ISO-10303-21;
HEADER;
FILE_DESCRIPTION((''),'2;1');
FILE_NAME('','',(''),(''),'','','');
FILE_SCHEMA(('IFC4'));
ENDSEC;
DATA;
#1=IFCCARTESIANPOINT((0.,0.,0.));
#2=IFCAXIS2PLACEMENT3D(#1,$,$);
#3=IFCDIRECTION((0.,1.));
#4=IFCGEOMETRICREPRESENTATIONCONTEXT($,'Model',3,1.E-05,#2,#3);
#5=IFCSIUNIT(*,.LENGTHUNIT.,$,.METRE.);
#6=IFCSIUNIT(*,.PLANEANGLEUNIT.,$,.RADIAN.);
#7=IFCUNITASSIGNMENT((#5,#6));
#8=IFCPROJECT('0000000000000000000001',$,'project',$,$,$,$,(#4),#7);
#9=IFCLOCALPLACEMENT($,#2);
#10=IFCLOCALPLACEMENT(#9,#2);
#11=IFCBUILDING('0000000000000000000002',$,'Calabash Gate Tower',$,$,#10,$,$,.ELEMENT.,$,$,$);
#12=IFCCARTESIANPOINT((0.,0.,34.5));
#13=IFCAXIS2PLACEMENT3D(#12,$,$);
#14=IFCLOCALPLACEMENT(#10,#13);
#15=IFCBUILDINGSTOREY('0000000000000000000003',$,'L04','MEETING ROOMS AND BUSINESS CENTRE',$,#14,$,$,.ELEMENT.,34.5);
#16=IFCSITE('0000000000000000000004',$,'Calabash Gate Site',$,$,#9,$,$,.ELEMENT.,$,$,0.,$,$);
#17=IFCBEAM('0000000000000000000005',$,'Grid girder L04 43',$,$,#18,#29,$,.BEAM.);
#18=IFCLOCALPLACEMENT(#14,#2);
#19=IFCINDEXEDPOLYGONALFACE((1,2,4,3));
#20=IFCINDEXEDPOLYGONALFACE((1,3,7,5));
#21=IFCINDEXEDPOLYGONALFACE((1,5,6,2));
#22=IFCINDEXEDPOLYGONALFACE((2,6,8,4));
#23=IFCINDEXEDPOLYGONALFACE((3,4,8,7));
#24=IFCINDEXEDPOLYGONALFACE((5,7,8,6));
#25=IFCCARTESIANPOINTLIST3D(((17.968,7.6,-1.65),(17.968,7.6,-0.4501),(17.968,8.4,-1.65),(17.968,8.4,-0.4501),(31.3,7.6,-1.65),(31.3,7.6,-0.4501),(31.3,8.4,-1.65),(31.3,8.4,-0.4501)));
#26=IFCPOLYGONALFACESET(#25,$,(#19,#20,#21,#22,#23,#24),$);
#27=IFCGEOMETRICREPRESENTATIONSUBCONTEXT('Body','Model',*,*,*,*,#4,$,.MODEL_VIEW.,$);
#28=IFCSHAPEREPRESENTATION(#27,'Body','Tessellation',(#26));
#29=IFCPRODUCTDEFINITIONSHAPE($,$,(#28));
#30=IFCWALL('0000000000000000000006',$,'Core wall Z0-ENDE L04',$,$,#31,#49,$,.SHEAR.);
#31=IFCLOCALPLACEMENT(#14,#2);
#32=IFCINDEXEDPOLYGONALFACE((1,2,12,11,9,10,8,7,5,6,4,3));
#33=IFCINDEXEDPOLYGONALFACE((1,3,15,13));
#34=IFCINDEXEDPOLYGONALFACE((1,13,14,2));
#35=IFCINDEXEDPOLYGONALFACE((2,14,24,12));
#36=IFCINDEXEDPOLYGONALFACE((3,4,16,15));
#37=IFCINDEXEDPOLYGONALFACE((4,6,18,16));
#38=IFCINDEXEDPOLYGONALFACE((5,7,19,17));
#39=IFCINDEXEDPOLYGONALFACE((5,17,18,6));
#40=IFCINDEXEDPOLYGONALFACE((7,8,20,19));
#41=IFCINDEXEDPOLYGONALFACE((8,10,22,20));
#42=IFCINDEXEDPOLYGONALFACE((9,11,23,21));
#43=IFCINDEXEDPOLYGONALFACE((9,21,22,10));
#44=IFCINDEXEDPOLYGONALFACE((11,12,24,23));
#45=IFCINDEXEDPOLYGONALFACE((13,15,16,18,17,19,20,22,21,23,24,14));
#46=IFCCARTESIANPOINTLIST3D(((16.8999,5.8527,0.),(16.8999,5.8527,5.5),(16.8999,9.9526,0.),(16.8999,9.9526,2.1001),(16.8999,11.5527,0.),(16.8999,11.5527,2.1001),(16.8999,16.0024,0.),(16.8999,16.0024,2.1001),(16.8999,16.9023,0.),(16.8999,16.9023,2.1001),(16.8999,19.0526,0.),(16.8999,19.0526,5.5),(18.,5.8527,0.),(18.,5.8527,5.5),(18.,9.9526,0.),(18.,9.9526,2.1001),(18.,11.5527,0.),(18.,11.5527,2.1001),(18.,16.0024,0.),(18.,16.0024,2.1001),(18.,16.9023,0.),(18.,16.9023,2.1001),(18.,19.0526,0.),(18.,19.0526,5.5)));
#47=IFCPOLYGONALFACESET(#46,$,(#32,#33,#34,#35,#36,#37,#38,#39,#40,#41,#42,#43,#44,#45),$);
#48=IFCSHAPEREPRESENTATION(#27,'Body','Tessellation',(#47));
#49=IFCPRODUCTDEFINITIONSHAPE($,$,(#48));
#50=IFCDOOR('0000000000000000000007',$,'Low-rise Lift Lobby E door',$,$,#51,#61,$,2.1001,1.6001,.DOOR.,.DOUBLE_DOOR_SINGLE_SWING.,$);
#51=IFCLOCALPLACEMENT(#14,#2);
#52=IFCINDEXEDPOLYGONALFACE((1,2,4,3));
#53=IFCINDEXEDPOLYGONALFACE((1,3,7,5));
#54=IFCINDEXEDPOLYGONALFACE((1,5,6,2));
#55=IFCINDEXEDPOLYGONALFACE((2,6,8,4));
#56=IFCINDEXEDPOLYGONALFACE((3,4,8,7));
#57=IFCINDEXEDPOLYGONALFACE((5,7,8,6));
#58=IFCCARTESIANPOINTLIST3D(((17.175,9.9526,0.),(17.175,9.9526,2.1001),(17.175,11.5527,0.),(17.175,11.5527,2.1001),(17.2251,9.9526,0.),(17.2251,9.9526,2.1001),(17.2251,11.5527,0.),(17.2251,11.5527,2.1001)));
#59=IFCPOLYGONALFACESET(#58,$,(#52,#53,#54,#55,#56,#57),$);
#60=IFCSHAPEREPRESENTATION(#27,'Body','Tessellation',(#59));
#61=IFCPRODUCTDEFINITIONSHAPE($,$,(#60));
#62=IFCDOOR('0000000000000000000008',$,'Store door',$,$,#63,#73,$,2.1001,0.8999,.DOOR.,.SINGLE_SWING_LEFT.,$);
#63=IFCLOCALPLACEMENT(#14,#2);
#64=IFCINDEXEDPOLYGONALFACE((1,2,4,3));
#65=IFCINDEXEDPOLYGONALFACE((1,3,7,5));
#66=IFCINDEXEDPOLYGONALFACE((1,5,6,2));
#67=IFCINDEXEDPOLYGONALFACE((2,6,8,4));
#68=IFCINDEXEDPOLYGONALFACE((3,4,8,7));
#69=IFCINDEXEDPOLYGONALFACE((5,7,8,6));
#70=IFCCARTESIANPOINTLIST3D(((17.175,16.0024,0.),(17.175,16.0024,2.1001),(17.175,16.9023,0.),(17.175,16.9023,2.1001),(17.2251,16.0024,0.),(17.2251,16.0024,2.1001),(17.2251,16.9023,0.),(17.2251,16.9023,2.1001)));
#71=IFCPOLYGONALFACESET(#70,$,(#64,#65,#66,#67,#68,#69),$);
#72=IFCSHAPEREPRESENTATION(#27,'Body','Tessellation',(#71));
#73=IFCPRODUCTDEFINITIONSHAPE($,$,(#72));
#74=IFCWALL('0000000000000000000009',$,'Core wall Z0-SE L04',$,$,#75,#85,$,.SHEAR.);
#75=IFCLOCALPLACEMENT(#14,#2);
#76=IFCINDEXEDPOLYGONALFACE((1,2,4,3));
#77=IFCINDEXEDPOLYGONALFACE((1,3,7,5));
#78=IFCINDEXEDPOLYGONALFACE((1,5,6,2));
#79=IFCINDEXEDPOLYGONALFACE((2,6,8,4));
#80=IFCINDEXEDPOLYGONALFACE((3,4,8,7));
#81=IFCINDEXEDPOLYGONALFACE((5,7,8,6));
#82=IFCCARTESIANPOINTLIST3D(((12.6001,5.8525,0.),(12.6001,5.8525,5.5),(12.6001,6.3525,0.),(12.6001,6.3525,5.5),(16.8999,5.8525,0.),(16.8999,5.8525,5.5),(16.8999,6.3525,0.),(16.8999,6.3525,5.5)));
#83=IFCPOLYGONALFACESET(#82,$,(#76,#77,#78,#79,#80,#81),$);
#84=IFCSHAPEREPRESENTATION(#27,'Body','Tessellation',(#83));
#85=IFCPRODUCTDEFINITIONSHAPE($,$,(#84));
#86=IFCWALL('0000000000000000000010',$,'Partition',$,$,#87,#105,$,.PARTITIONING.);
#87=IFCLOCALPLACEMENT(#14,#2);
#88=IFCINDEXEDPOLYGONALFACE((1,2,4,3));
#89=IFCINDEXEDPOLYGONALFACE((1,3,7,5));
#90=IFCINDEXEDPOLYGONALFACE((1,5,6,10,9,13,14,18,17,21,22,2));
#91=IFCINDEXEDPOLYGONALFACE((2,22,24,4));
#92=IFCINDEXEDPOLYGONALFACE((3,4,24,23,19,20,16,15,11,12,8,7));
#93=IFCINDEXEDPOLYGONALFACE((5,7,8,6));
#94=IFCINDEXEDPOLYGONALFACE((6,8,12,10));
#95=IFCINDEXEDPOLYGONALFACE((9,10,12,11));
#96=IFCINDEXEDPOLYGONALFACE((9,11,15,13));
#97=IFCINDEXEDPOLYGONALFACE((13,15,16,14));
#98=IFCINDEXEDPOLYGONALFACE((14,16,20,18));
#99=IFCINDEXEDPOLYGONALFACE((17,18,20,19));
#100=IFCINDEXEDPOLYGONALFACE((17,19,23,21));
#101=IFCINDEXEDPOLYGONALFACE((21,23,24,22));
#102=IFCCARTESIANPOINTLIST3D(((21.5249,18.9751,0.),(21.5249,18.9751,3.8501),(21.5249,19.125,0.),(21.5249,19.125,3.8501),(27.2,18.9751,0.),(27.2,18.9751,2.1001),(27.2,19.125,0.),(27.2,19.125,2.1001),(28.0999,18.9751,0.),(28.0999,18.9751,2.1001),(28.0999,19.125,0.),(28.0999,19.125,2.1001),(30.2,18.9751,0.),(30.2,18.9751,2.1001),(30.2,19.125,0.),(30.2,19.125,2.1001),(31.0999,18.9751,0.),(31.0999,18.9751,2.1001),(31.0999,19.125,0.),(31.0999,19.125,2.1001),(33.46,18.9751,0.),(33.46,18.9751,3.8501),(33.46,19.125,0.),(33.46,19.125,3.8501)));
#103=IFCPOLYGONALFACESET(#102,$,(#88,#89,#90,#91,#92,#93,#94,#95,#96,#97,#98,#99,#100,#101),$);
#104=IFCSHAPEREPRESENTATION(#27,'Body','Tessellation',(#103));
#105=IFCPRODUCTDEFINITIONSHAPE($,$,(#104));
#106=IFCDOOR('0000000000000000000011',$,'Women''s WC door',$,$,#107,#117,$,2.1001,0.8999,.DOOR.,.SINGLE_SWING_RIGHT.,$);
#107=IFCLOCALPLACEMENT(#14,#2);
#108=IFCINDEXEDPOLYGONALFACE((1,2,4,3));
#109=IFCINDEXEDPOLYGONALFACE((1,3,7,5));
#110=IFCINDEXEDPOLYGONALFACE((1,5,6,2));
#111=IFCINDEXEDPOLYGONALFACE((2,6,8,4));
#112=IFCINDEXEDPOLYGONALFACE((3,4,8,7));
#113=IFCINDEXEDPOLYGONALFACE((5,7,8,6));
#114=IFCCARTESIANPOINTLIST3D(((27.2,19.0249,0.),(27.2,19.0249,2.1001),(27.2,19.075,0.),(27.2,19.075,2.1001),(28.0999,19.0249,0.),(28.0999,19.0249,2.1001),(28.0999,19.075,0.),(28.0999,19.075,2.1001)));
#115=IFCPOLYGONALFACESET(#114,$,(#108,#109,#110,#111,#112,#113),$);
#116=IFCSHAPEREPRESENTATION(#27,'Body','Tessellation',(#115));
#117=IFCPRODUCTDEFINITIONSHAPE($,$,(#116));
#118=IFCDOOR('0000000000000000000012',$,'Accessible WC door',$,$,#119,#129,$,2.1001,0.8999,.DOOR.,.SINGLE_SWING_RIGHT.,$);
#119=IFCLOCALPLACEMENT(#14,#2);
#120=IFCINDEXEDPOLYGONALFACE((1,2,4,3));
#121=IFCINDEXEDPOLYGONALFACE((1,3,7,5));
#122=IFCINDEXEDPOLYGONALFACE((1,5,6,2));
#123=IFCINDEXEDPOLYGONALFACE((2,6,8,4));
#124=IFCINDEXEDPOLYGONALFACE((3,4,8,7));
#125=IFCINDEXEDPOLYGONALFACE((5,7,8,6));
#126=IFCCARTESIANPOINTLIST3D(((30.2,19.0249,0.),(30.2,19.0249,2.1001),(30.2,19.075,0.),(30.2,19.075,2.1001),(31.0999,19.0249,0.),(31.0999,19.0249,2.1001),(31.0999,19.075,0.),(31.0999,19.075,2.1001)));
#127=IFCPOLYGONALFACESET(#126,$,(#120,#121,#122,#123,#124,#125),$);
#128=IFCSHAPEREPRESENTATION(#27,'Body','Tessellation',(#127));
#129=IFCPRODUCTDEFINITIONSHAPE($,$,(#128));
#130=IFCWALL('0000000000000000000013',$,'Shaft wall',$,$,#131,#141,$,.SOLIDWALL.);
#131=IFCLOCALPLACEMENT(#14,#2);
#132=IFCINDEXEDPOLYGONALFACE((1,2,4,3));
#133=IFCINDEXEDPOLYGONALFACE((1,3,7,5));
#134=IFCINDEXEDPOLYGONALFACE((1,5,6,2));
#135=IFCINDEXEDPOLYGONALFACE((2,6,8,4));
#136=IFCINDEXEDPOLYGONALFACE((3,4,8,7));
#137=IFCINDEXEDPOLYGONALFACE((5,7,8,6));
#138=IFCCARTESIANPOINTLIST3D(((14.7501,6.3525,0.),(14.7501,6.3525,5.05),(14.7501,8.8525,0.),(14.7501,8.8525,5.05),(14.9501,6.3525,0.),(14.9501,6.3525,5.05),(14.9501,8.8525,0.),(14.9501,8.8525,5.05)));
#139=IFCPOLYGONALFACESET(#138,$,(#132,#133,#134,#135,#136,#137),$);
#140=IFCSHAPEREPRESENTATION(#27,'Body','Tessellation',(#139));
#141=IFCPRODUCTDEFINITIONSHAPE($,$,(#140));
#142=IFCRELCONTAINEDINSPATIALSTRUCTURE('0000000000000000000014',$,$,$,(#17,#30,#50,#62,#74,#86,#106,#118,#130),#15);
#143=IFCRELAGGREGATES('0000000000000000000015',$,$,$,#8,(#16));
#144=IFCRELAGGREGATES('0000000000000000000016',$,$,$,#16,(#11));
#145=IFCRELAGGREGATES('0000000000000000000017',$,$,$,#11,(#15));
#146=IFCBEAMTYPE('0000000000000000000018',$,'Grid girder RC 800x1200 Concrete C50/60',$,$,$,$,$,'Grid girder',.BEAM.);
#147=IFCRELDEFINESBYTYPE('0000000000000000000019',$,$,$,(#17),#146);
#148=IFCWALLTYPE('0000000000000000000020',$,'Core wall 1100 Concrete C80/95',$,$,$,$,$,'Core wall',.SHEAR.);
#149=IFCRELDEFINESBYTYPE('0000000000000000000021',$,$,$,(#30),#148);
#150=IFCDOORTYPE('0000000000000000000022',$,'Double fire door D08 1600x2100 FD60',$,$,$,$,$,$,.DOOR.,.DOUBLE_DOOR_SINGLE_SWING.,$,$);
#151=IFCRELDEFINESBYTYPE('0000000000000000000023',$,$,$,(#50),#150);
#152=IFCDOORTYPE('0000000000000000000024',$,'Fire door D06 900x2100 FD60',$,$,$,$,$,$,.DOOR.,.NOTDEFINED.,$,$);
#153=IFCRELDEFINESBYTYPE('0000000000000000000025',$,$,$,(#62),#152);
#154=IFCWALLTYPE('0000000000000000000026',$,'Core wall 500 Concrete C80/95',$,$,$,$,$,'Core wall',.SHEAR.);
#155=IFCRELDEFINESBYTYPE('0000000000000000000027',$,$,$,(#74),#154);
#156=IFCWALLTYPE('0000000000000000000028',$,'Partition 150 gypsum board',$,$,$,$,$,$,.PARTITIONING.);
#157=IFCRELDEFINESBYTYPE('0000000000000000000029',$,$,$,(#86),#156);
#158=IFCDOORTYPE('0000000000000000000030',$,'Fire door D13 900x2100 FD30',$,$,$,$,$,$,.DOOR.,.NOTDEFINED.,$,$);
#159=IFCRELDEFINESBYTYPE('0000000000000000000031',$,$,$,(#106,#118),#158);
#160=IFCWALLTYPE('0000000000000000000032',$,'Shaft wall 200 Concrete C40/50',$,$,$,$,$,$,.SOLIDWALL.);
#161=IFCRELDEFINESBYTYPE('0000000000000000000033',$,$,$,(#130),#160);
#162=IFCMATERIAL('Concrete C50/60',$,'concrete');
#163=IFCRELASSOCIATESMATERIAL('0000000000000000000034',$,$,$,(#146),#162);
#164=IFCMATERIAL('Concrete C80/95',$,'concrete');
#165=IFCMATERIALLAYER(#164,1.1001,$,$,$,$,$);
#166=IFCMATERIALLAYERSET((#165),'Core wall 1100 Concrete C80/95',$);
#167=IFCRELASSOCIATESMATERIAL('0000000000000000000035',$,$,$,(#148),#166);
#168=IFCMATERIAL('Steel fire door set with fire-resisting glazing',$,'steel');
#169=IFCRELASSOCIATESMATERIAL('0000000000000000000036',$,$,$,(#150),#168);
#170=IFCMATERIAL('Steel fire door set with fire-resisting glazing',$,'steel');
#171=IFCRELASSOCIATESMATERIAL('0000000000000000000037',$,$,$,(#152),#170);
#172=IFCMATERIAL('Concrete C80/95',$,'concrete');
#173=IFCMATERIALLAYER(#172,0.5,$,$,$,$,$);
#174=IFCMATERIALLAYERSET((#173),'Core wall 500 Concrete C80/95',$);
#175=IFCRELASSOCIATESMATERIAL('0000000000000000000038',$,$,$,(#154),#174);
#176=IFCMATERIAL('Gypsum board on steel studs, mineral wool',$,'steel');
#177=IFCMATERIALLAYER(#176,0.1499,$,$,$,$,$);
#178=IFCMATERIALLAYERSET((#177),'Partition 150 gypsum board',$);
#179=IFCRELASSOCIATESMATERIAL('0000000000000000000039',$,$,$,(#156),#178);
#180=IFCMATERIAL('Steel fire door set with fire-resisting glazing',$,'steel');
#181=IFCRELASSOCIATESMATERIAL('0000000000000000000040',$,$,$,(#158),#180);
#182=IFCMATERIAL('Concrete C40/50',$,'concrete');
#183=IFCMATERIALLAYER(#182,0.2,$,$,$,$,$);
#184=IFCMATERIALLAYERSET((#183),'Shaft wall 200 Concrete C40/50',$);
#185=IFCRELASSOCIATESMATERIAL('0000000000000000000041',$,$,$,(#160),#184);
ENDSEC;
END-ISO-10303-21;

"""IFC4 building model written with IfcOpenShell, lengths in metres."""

from ifc_helpers import new_model, si_unit, direction, frame, frame_2d, origin, origin_2d, place, context, subcontext, project, spatial, rectangle, extrude, material, layer, layer_set, material_profile, profile_set, type_object, element, fill, save


model = new_model("IFC4")

# Units and contexts
model_context = context("Model", 3, precision=1e-05, world=origin(), true_north=direction((0.0, 1.0)))
body_context = subcontext(model_context, "Body", "Model", "MODEL_VIEW")
ifc_project = project(units=[si_unit("LENGTHUNIT", "METRE"), si_unit("PLANEANGLEUNIT", "RADIAN")], contexts=[model_context])

# Site, building, storey
site_placement = place(None, origin())
site = spatial("IfcSite", under=ifc_project, at=site_placement, Name="Calabash Gate Site", CompositionType="ELEMENT", RefElevation=0.0)
building_placement = place(site_placement, origin())
building = spatial("IfcBuilding", under=site, at=building_placement, Name="Calabash Gate Tower", CompositionType="ELEMENT")
storey_placement = place(building_placement, frame((0.0, 0.0, 34.5)))
storey = spatial("IfcBuildingStorey", under=building, at=storey_placement, Name="L04", Description="MEETING ROOMS AND BUSINESS CENTRE", CompositionType="ELEMENT", Elevation=34.5)

# Beam
ifc_material_1 = material(Name="Concrete C50/60", Category="concrete")
ifc_material_profile = material_profile(ifc_material_1, rectangle(XDim=0.8, YDim=1.2, at=origin_2d()))
ifc_profile_set = profile_set([ifc_material_profile], Name="Concrete C50/60")
beam_type = type_object("IfcBeamType", Name="Grid girder RC 800x1200 Concrete C50/60", ElementType="Grid girder", PredefinedType="BEAM", material=ifc_profile_set)
beam_placement = place(storey_placement, frame((17.968, 8.0, -1.05), z_axis=(1.0, 0.0, 0.0), x_axis=(0.0, 1.0, 0.0)))
element("IfcBeam", 1, at=beam_placement, inside=storey, type_object=beam_type, Name="Grid girder L04 43", PredefinedType="BEAM", context=body_context, shape_type="SweptSolid", body=[
    extrude(rectangle(XDim=0.8, YDim=1.2, at=origin_2d()), origin(), (0.0, 0.0, 1.0), 13.332),
])

# Wall, openings, doors
ifc_material_2 = material(Name="Concrete C80/95", Category="concrete")
ifc_layer_1 = layer(ifc_material_2, 1.1001)
ifc_layer_set_1 = layer_set([ifc_layer_1], Name="Core wall 1100 Concrete C80/95")
wall_type_1 = type_object("IfcWallType", Name="Core wall 1100 Concrete C80/95", ElementType="Core wall", PredefinedType="SHEAR", material=ifc_layer_set_1)
wall_1_placement = place(storey_placement, frame((17.45, 5.8525, 0.0), z_axis=(0.0, 0.0, 1.0), x_axis=(0.0, 1.0, 0.0)))
wall_1 = element("IfcWall", 2, at=wall_1_placement, inside=storey, type_object=wall_type_1, Name="Core wall Z0-ENDE L04", PredefinedType="SHEAR", context=body_context, shape_type="SweptSolid", body=[
    extrude(rectangle(XDim=13.2, YDim=1.1001, at=frame_2d((6.6001, 0.0))), origin(), (0.0, 0.0, 1.0), 5.5),
])
opening_1_placement = place(wall_1_placement, frame((4.1001, 0.0, 0.0)))
opening_1 = element("IfcOpeningElement", 3, at=opening_1_placement, cuts=wall_1, PredefinedType="OPENING", context=body_context, shape_type="SweptSolid", body=[
    extrude(rectangle(XDim=1.6001, YDim=2.1001, at=frame_2d((0.8, 1.05))), frame((0.0, 0.5601, 0.0), z_axis=(0.0, -1.0, 0.0), x_axis=(1.0, 0.0, 0.0)), (0.0, 0.0, 1.0), 1.1201),
])
opening_2_placement = place(wall_1_placement, frame((10.1499, 0.0, 0.0)))
opening_2 = element("IfcOpeningElement", 4, at=opening_2_placement, cuts=wall_1, PredefinedType="OPENING", context=body_context, shape_type="SweptSolid", body=[
    extrude(rectangle(XDim=0.8999, YDim=2.1001, at=frame_2d((0.45, 1.05))), frame((0.0, 0.5601, 0.0), z_axis=(0.0, -1.0, 0.0), x_axis=(1.0, 0.0, 0.0)), (0.0, 0.0, 1.0), 1.1201),
])
ifc_material_3 = material(Name="Steel fire door set with fire-resisting glazing", Category="steel")
door_type_1 = type_object("IfcDoorType", Name="Double fire door D08 1600x2100 FD60", OperationType="DOUBLE_DOOR_SINGLE_SWING", PredefinedType="DOOR", material=ifc_material_3)
door_1_placement = place(opening_1_placement, origin())
door_1 = element("IfcDoor", 5, at=door_1_placement, inside=storey, type_object=door_type_1, Name="Low-rise Lift Lobby E door", OperationType="DOUBLE_DOOR_SINGLE_SWING", OverallHeight=2.1001, OverallWidth=1.6001, PredefinedType="DOOR", context=body_context, shape_type="SweptSolid", body=[
    extrude(rectangle(XDim=1.6001, YDim=2.1001, at=frame_2d((0.8, 1.05))), frame((0.0, 0.2749, 0.0), z_axis=(0.0, -1.0, 0.0), x_axis=(1.0, 0.0, 0.0)), (0.0, 0.0, 1.0), 0.05),
])
fill(opening_1, door_1)
ifc_material_4 = material(Name="Steel fire door set with fire-resisting glazing", Category="steel")
door_type_2 = type_object("IfcDoorType", Name="Fire door D06 900x2100 FD60", OperationType="NOTDEFINED", PredefinedType="DOOR", material=ifc_material_4)
door_2_placement = place(opening_2_placement, origin())
door_2 = element("IfcDoor", 6, at=door_2_placement, inside=storey, type_object=door_type_2, Name="Store door", OperationType="SINGLE_SWING_LEFT", OverallHeight=2.1001, OverallWidth=0.8999, PredefinedType="DOOR", context=body_context, shape_type="SweptSolid", body=[
    extrude(rectangle(XDim=0.8999, YDim=2.1001, at=frame_2d((0.45, 1.05))), frame((0.0, 0.2749, 0.0), z_axis=(0.0, -1.0, 0.0), x_axis=(1.0, 0.0, 0.0)), (0.0, 0.0, 1.0), 0.05),
])
fill(opening_2, door_2)

# Wall
ifc_material_5 = material(Name="Concrete C80/95", Category="concrete")
ifc_layer_2 = layer(ifc_material_5, 0.5)
ifc_layer_set_2 = layer_set([ifc_layer_2], Name="Core wall 500 Concrete C80/95")
wall_type_2 = type_object("IfcWallType", Name="Core wall 500 Concrete C80/95", ElementType="Core wall", PredefinedType="SHEAR", material=ifc_layer_set_2)
wall_2_placement = place(storey_placement, frame((12.6001, 6.1025, 0.0), z_axis=(0.0, 0.0, 1.0), x_axis=(1.0, 0.0, 0.0)))
element("IfcWall", 7, at=wall_2_placement, inside=storey, type_object=wall_type_2, Name="Core wall Z0-SE L04", PredefinedType="SHEAR", context=body_context, shape_type="SweptSolid", body=[
    extrude(rectangle(XDim=4.2998, YDim=0.5, at=frame_2d((2.1499, 0.0))), origin(), (0.0, 0.0, 1.0), 5.5),
])

# Wall, openings, doors
ifc_material_6 = material(Name="Gypsum board on steel studs, mineral wool", Category="steel")
ifc_layer_3 = layer(ifc_material_6, 0.1499)
ifc_layer_set_3 = layer_set([ifc_layer_3], Name="Partition 150 gypsum board")
wall_type_3 = type_object("IfcWallType", Name="Partition 150 gypsum board", PredefinedType="PARTITIONING", material=ifc_layer_set_3)
wall_3_placement = place(storey_placement, frame((21.5249, 19.05, 0.0), z_axis=(0.0, 0.0, 1.0), x_axis=(1.0, 0.0, 0.0)))
wall_3 = element("IfcWall", 8, at=wall_3_placement, inside=storey, type_object=wall_type_3, Name="Partition", PredefinedType="PARTITIONING", context=body_context, shape_type="SweptSolid", body=[
    extrude(rectangle(XDim=11.9351, YDim=0.1499, at=frame_2d((5.9675, 0.0))), origin(), (0.0, 0.0, 1.0), 3.8501),
])
opening_3_placement = place(wall_3_placement, frame((5.675, 0.0, 0.0)))
opening_3 = element("IfcOpeningElement", 9, at=opening_3_placement, cuts=wall_3, PredefinedType="OPENING", context=body_context, shape_type="SweptSolid", body=[
    extrude(rectangle(XDim=0.8999, YDim=2.1001, at=frame_2d((0.45, 1.05))), frame((0.0, 0.085, 0.0), z_axis=(0.0, -1.0, 0.0), x_axis=(1.0, 0.0, 0.0)), (0.0, 0.0, 1.0), 0.1699),
])
opening_4_placement = place(wall_3_placement, frame((8.675, 0.0, 0.0)))
opening_4 = element("IfcOpeningElement", 10, at=opening_4_placement, cuts=wall_3, PredefinedType="OPENING", context=body_context, shape_type="SweptSolid", body=[
    extrude(rectangle(XDim=0.8999, YDim=2.1001, at=frame_2d((0.45, 1.05))), frame((0.0, 0.085, 0.0), z_axis=(0.0, -1.0, 0.0), x_axis=(1.0, 0.0, 0.0)), (0.0, 0.0, 1.0), 0.1699),
])
ifc_material_7 = material(Name="Steel fire door set with fire-resisting glazing", Category="steel")
door_type_3 = type_object("IfcDoorType", Name="Fire door D13 900x2100 FD30", OperationType="NOTDEFINED", PredefinedType="DOOR", material=ifc_material_7)
door_3_placement = place(opening_3_placement, origin())
door_3 = element("IfcDoor", 11, at=door_3_placement, inside=storey, type_object=door_type_3, Name="Women's WC door", OperationType="SINGLE_SWING_RIGHT", OverallHeight=2.1001, OverallWidth=0.8999, PredefinedType="DOOR", context=body_context, shape_type="SweptSolid", body=[
    extrude(rectangle(XDim=0.8999, YDim=2.1001, at=frame_2d((0.45, 1.05))), frame((0.0, 0.0249, 0.0), z_axis=(0.0, -1.0, 0.0), x_axis=(1.0, 0.0, 0.0)), (0.0, 0.0, 1.0), 0.05),
])
fill(opening_3, door_3)
door_4_placement = place(opening_4_placement, origin())
door_4 = element("IfcDoor", 12, at=door_4_placement, inside=storey, type_object=door_type_3, Name="Accessible WC door", OperationType="SINGLE_SWING_RIGHT", OverallHeight=2.1001, OverallWidth=0.8999, PredefinedType="DOOR", context=body_context, shape_type="SweptSolid", body=[
    extrude(rectangle(XDim=0.8999, YDim=2.1001, at=frame_2d((0.45, 1.05))), frame((0.0, 0.0249, 0.0), z_axis=(0.0, -1.0, 0.0), x_axis=(1.0, 0.0, 0.0)), (0.0, 0.0, 1.0), 0.05),
])
fill(opening_4, door_4)

# Wall
ifc_material_8 = material(Name="Concrete C40/50", Category="concrete")
ifc_layer_4 = layer(ifc_material_8, 0.2)
ifc_layer_set_4 = layer_set([ifc_layer_4], Name="Shaft wall 200 Concrete C40/50")
wall_type_4 = type_object("IfcWallType", Name="Shaft wall 200 Concrete C40/50", PredefinedType="SOLIDWALL", material=ifc_layer_set_4)
wall_4_placement = place(storey_placement, frame((14.8501, 6.3525, 0.0), z_axis=(0.0, 0.0, 1.0), x_axis=(0.0, 1.0, 0.0)))
element("IfcWall", 13, at=wall_4_placement, inside=storey, type_object=wall_type_4, Name="Shaft wall", PredefinedType="SOLIDWALL", context=body_context, shape_type="SweptSolid", body=[
    extrude(rectangle(XDim=2.5, YDim=0.2, at=frame_2d((1.25, 0.0))), origin(), (0.0, 0.0, 1.0), 5.05),
])

save(model, "model.ifc")
